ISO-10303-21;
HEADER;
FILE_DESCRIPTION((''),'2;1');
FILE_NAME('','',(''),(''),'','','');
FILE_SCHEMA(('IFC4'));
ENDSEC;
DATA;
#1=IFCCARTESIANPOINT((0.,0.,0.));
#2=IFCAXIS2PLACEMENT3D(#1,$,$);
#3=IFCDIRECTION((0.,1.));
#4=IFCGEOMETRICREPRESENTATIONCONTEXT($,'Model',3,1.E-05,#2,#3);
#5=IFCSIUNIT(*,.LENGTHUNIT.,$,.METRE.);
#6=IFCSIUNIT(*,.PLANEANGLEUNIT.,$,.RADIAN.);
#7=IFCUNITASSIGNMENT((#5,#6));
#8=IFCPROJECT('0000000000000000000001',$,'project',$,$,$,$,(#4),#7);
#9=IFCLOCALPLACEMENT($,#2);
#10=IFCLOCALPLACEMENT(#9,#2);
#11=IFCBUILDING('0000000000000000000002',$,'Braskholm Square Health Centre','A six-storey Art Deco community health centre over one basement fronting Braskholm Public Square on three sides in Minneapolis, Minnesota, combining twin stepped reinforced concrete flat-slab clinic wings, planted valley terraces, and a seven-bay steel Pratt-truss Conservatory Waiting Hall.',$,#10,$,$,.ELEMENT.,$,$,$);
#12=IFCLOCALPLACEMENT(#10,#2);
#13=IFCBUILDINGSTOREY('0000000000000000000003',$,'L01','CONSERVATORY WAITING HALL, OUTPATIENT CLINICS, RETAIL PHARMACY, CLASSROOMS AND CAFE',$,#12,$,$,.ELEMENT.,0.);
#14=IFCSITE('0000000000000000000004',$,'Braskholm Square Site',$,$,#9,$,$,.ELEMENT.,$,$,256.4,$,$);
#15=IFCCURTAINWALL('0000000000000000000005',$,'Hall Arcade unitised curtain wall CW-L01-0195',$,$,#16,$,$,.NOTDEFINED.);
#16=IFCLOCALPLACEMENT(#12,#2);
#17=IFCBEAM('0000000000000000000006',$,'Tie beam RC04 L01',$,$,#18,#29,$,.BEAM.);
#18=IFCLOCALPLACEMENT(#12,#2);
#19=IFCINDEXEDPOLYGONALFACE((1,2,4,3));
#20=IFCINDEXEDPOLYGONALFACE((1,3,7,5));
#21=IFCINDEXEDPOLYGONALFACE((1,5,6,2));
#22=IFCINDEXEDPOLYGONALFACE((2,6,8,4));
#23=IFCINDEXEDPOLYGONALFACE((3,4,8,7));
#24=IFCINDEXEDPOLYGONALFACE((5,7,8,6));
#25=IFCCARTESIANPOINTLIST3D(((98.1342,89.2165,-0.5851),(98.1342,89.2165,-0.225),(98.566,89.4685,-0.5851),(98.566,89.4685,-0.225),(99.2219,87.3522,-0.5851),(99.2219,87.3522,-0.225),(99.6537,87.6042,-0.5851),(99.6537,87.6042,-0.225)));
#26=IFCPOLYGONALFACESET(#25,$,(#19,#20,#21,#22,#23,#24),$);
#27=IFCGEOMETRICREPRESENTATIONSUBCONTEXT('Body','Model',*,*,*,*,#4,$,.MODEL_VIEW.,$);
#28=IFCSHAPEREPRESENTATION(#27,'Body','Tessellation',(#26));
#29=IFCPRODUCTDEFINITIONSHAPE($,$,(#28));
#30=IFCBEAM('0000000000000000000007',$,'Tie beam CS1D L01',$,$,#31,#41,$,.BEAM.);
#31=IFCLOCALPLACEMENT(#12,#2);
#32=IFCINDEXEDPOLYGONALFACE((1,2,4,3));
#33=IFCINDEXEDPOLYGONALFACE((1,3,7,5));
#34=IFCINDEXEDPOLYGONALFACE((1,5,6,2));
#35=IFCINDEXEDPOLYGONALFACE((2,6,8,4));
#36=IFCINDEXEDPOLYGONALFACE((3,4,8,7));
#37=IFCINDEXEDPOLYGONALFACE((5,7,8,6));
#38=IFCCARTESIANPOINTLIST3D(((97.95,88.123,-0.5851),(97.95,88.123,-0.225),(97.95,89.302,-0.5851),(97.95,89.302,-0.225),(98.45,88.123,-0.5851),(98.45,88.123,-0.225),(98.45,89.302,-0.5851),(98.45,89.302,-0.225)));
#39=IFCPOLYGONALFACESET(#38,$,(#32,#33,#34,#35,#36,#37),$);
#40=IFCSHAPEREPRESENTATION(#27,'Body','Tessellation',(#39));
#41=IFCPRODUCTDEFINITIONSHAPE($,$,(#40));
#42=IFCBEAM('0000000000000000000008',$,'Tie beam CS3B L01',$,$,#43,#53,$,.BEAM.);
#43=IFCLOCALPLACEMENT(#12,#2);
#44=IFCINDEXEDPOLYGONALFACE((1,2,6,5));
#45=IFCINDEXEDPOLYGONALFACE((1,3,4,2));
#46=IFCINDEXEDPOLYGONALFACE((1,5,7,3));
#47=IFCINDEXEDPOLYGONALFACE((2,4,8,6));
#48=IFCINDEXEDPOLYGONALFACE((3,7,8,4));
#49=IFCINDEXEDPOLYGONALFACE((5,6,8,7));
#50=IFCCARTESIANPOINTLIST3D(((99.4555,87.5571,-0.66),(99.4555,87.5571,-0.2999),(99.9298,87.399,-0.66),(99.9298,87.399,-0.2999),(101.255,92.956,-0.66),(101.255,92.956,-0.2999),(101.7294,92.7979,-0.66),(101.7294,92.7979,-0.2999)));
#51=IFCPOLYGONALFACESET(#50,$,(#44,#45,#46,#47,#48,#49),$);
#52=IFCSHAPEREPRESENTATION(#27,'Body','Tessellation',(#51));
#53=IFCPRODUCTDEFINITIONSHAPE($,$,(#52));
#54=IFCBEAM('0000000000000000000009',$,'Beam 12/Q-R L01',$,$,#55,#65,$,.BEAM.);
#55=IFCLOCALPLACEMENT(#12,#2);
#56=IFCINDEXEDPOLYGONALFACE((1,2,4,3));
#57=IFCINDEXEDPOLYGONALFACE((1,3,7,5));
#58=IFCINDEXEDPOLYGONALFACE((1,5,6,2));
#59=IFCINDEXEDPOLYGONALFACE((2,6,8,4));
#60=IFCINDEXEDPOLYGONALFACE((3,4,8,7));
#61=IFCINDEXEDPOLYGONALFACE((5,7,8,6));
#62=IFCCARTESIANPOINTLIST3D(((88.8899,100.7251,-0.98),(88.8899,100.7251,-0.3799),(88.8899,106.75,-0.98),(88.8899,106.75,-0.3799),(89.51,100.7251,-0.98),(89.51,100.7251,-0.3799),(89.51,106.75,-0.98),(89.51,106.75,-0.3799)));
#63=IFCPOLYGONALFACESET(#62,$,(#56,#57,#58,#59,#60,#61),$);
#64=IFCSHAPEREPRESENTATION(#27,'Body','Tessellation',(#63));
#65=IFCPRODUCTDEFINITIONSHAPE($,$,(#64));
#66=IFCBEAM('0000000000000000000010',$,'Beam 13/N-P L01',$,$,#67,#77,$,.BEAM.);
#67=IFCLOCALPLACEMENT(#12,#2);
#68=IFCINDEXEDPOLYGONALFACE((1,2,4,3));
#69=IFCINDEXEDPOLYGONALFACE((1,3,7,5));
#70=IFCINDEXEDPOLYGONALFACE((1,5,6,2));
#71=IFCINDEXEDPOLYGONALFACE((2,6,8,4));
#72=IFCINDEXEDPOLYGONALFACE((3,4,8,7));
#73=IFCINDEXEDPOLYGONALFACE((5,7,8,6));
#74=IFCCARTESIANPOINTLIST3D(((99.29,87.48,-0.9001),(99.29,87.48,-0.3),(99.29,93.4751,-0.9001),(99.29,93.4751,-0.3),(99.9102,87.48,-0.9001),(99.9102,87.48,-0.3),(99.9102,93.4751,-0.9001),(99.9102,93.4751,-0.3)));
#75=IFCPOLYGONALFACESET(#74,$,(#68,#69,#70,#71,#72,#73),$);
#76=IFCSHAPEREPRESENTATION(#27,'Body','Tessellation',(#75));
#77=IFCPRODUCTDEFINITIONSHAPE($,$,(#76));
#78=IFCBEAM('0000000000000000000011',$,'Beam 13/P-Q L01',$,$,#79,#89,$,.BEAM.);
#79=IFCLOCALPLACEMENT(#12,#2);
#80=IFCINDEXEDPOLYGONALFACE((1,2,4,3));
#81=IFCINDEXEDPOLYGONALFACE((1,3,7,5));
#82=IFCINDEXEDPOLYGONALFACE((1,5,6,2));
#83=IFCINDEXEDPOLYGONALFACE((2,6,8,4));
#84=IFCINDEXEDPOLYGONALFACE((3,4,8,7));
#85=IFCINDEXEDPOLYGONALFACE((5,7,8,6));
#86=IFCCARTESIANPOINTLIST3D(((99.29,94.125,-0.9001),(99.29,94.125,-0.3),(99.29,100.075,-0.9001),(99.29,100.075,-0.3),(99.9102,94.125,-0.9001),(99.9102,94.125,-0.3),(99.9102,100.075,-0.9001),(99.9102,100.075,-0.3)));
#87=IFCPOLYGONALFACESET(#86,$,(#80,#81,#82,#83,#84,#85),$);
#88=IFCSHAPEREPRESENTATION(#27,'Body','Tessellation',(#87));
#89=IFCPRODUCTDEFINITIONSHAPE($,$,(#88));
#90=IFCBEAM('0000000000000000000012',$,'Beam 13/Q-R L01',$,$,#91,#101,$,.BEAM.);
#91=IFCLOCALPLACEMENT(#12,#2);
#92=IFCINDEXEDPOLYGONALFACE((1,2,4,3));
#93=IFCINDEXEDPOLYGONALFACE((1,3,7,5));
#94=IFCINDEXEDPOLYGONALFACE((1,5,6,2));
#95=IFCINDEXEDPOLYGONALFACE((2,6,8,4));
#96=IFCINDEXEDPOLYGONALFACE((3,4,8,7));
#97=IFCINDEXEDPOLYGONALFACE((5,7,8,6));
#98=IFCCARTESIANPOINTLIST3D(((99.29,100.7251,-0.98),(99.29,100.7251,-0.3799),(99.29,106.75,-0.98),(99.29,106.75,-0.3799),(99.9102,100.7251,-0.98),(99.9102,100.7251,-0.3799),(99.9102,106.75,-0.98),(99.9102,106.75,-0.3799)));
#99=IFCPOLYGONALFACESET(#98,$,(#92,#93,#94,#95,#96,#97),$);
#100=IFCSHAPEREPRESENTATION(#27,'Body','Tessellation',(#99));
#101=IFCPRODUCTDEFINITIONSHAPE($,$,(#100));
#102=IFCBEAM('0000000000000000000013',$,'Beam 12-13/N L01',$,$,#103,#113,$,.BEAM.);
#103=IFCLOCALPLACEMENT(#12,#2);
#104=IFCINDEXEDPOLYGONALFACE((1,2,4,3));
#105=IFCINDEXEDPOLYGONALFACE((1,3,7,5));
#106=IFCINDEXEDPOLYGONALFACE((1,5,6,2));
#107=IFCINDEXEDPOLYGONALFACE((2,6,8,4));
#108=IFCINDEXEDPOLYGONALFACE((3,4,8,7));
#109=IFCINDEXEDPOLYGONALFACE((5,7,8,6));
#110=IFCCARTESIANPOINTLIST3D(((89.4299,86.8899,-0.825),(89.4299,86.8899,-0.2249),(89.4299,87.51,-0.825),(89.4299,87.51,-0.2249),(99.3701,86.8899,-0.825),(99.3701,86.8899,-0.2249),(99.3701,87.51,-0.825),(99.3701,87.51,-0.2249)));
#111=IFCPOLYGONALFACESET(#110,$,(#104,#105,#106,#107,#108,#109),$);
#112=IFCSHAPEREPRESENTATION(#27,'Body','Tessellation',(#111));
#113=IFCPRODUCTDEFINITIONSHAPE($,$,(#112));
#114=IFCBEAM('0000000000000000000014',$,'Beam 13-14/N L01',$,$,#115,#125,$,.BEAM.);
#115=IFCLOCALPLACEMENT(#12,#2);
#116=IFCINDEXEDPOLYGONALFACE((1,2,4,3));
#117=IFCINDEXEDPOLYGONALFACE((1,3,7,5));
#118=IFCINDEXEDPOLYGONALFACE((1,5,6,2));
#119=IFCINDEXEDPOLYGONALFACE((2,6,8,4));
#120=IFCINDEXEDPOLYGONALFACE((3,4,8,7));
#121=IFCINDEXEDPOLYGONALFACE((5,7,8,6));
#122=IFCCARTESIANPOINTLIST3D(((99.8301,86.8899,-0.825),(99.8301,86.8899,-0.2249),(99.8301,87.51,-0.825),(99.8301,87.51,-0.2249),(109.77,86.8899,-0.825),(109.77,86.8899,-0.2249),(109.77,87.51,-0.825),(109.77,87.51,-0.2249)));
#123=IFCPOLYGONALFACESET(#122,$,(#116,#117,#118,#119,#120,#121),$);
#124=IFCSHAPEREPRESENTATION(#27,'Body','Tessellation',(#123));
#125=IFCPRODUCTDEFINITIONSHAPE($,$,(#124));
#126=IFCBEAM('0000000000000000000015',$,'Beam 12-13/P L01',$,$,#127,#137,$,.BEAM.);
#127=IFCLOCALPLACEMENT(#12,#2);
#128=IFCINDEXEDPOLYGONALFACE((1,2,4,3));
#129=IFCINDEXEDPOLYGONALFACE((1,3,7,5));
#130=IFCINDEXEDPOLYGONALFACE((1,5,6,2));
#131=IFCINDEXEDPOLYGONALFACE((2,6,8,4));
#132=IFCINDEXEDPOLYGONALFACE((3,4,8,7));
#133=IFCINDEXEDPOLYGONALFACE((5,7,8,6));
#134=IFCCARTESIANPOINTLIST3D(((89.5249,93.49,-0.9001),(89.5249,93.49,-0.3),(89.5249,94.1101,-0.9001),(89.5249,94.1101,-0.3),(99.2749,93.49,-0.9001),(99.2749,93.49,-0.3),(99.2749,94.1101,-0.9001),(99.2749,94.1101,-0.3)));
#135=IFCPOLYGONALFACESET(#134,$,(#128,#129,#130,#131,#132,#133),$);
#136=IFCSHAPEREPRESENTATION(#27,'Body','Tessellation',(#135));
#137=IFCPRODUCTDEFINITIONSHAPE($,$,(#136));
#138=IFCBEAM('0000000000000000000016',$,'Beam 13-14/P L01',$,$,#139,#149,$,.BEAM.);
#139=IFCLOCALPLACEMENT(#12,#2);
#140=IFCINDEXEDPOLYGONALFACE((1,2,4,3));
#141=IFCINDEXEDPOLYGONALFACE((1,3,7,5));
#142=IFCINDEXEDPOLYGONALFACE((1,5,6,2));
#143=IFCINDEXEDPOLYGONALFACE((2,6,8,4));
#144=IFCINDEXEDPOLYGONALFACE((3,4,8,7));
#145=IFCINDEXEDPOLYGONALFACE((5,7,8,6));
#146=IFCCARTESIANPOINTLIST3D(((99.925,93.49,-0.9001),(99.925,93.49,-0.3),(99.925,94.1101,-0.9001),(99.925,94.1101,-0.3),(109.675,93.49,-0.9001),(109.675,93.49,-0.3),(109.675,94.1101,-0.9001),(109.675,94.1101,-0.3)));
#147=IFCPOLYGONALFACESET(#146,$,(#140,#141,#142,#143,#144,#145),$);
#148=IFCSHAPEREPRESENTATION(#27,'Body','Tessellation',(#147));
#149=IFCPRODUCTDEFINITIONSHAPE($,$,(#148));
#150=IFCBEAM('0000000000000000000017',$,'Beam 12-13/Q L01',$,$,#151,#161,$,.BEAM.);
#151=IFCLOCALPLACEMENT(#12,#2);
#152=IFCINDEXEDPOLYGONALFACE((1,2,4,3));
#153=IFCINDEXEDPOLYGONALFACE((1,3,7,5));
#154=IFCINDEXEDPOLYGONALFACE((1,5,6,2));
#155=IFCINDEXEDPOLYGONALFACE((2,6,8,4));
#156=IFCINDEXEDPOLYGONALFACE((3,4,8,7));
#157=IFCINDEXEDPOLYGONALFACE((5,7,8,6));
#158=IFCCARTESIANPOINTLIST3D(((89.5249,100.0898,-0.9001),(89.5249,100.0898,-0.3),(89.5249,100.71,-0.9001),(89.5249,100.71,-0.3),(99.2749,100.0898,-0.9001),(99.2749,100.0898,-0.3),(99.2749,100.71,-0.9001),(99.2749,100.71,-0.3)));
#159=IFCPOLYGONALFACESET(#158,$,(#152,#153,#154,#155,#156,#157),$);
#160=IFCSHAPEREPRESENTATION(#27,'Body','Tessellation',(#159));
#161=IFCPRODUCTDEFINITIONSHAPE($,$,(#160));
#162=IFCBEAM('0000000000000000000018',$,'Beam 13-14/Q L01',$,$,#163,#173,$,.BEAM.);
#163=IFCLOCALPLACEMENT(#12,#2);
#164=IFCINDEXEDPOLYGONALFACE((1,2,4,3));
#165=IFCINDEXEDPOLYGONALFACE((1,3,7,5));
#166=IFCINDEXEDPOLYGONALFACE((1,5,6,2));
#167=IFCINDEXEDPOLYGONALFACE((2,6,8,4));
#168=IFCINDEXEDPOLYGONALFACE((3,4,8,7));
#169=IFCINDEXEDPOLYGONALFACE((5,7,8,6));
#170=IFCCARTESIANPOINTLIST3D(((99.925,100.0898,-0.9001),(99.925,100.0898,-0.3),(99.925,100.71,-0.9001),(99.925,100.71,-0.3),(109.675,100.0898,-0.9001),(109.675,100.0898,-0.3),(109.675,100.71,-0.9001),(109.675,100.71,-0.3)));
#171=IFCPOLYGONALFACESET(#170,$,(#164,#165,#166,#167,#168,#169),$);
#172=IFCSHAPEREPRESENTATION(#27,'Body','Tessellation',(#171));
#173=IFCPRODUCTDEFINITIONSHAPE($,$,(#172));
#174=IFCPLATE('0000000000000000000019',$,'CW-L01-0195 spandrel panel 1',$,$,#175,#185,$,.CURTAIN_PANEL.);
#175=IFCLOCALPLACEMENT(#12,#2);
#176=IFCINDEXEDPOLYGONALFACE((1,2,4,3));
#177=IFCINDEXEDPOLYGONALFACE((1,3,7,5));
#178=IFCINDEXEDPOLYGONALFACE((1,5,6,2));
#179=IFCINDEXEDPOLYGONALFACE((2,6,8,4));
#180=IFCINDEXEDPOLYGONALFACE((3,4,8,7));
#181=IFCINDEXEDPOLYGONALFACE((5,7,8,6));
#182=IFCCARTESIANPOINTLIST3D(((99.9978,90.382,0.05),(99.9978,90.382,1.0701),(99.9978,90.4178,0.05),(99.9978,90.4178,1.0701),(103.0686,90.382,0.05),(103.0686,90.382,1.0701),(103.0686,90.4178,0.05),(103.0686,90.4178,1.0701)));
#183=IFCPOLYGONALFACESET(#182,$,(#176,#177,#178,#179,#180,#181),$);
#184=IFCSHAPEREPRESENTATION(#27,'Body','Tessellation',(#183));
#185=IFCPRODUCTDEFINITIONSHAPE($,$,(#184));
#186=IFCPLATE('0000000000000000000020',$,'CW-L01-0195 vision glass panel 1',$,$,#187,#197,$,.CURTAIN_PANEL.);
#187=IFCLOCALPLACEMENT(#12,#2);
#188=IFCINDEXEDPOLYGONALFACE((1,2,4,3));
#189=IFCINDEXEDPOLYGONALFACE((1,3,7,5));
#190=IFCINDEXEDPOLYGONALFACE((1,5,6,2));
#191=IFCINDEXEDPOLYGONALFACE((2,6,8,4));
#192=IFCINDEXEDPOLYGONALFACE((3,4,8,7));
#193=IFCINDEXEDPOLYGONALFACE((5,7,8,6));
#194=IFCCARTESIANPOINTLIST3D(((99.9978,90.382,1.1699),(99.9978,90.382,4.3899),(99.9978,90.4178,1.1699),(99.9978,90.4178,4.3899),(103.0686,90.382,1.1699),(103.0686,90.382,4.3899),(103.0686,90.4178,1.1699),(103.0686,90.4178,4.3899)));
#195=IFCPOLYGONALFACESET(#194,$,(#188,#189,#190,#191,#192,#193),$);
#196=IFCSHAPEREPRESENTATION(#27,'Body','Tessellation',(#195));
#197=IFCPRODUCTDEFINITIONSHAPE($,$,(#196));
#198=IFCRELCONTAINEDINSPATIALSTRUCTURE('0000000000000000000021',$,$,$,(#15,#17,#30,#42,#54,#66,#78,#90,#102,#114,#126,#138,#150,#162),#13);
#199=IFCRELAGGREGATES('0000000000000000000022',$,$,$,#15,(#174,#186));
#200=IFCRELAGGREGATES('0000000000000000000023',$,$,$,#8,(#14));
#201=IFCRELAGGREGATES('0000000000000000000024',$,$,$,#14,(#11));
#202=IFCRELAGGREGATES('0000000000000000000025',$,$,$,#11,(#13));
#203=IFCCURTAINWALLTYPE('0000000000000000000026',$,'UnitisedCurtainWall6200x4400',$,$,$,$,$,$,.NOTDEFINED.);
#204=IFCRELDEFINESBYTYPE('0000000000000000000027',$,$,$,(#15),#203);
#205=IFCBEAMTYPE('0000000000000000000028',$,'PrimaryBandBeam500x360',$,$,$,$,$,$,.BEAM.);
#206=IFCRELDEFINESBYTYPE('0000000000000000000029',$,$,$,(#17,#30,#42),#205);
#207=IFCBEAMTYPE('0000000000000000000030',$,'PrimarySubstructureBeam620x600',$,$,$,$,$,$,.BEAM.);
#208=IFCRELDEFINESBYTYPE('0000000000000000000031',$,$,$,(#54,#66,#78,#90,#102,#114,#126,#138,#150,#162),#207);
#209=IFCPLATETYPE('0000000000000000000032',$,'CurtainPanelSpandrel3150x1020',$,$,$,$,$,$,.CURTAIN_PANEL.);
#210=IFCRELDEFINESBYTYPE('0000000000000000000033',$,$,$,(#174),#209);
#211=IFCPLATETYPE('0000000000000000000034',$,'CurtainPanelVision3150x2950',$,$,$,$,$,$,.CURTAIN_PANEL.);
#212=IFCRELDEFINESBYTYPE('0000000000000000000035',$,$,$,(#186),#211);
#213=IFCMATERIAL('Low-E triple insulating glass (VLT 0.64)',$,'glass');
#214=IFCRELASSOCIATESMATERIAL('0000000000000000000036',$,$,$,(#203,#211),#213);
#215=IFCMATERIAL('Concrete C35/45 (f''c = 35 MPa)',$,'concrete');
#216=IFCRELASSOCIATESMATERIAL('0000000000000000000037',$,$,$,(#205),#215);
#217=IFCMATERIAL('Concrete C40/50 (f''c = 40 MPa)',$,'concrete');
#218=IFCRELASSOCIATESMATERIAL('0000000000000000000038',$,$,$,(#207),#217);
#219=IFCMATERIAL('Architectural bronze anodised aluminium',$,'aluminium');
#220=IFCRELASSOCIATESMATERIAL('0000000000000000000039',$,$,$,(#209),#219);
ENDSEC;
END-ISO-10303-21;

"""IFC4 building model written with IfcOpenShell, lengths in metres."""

from ifc_helpers import new_model, si_unit, direction, frame, origin, origin_2d, place, context, subcontext, project, spatial, rectangle, extrude, material, material_profile, profile_set, type_object, element, aggregate, save


model = new_model("IFC4")

# Units and contexts
model_context = context("Model", 3, precision=1e-05, world=origin(), true_north=direction((0.0, 1.0)))
body_context = subcontext(model_context, "Body", "Model", "MODEL_VIEW")
ifc_project = project(units=[si_unit("LENGTHUNIT", "METRE"), si_unit("PLANEANGLEUNIT", "RADIAN")], contexts=[model_context])

# Site, building, storey
site_placement = place(None, origin())
site = spatial("IfcSite", under=ifc_project, at=site_placement, Name="Braskholm Square Site", CompositionType="ELEMENT", RefElevation=256.4)
building_placement = place(site_placement, origin())
building = spatial("IfcBuilding", under=site, at=building_placement, Name="Braskholm Square Health Centre", Description="A six-storey Art Deco community health centre over one basement fronting Braskholm Public Square on three sides in Minneapolis, Minnesota, combining twin stepped reinforced concrete flat-slab clinic wings, planted valley terraces, and a seven-bay steel Pratt-truss Conservatory Waiting Hall.", CompositionType="ELEMENT")
storey_placement = place(building_placement, origin())
storey = spatial("IfcBuildingStorey", under=building, at=storey_placement, Name="L01", Description="CONSERVATORY WAITING HALL, OUTPATIENT CLINICS, RETAIL PHARMACY, CLASSROOMS AND CAFE", CompositionType="ELEMENT", Elevation=0.0)

# Shared definitions
ifc_material_1 = material(Name="Concrete C40/50 (f'c = 40 MPa)", Category="concrete")

# Curtain wall
ifc_material_2 = material(Name="Low-E triple insulating glass (VLT 0.64)", Category="glass")
curtain_wall_type = type_object("IfcCurtainWallType", Name="UnitisedCurtainWall6200x4400", PredefinedType="NOTDEFINED", material=ifc_material_2)
curtain_wall_placement = place(storey_placement, origin())
curtain_wall = element("IfcCurtainWall", 1, at=curtain_wall_placement, inside=storey, type_object=curtain_wall_type, Name="Hall Arcade unitised curtain wall CW-L01-0195", PredefinedType="NOTDEFINED")
ifc_material_3 = material(Name="Architectural bronze anodised aluminium", Category="aluminium")

# Beams
ifc_material_4 = material(Name="Concrete C35/45 (f'c = 35 MPa)", Category="concrete")
ifc_material_profile_1 = material_profile(ifc_material_4, rectangle(XDim=0.5, YDim=0.3601, at=origin_2d()), Name="RCB-500X360")
ifc_profile_set_1 = profile_set([ifc_material_profile_1], Name="Concrete C35/45 (f'c = 35 MPa)")
beam_type_1 = type_object("IfcBeamType", Name="PrimaryBandBeam500x360", PredefinedType="BEAM", material=ifc_profile_set_1)
beam_1_placement = place(storey_placement, frame((98.3501, 89.3425, -0.405), z_axis=(0.503927, -0.863746, 0.0), x_axis=(0.863746, 0.503927, 0.0)))
element("IfcBeam", 2, at=beam_1_placement, inside=storey, type_object=beam_type_1, Name="Tie beam RC04 L01", PredefinedType="BEAM", context=body_context, shape_type="SweptSolid", body=[
    extrude(rectangle(XDim=0.5, YDim=0.3601, at=origin_2d()), origin(), (0.0, 0.0, 1.0), 2.1584),
])
beam_2_placement = place(storey_placement, frame((98.2, 88.123, -0.405), z_axis=(0.0, 1.0, 0.0), x_axis=(-1.0, 0.0, 0.0)))
element("IfcBeam", 3, at=beam_2_placement, inside=storey, type_object=beam_type_1, Name="Tie beam CS1D L01", PredefinedType="BEAM", context=body_context, shape_type="SweptSolid", body=[
    extrude(rectangle(XDim=0.5, YDim=0.3601, at=origin_2d()), origin(), (0.0, 0.0, 1.0), 1.179),
])
beam_3_placement = place(storey_placement, frame((101.4922, 92.877, -0.48), z_axis=(-0.316215, -0.948688, 0.0), x_axis=(0.948688, -0.316215, 0.0)))
element("IfcBeam", 4, at=beam_3_placement, inside=storey, type_object=beam_type_1, Name="Tie beam CS3B L01", PredefinedType="BEAM", context=body_context, shape_type="SweptSolid", body=[
    extrude(rectangle(XDim=0.5, YDim=0.3601, at=origin_2d()), origin(), (0.0, 0.0, 1.0), 5.6909),
])
ifc_material_profile_2 = material_profile(ifc_material_1, rectangle(XDim=0.6201, YDim=0.6001, at=origin_2d()), Name="RCB-620X600")
ifc_profile_set_2 = profile_set([ifc_material_profile_2], Name="Concrete C40/50 (f'c = 40 MPa)")
beam_type_2 = type_object("IfcBeamType", Name="PrimarySubstructureBeam620x600", PredefinedType="BEAM", material=ifc_profile_set_2)
beam_4_placement = place(storey_placement, frame((89.2, 100.7251, -0.6799), z_axis=(0.0, 1.0, 0.0), x_axis=(-1.0, 0.0, 0.0)))
element("IfcBeam", 5, at=beam_4_placement, inside=storey, type_object=beam_type_2, Name="Beam 12/Q-R L01", PredefinedType="BEAM", context=body_context, shape_type="SweptSolid", body=[
    extrude(rectangle(XDim=0.6201, YDim=0.6001, at=origin_2d()), origin(), (0.0, 0.0, 1.0), 6.0249),
])
beam_5_placement = place(storey_placement, frame((99.6001, 87.48, -0.6001), z_axis=(0.0, 1.0, 0.0), x_axis=(-1.0, 0.0, 0.0)))
element("IfcBeam", 6, at=beam_5_placement, inside=storey, type_object=beam_type_2, Name="Beam 13/N-P L01", PredefinedType="BEAM", context=body_context, shape_type="SweptSolid", body=[
    extrude(rectangle(XDim=0.6201, YDim=0.6001, at=origin_2d()), origin(), (0.0, 0.0, 1.0), 5.9951),
])
beam_6_placement = place(storey_placement, frame((99.6001, 94.125, -0.6001), z_axis=(0.0, 1.0, 0.0), x_axis=(-1.0, 0.0, 0.0)))
element("IfcBeam", 7, at=beam_6_placement, inside=storey, type_object=beam_type_2, Name="Beam 13/P-Q L01", PredefinedType="BEAM", context=body_context, shape_type="SweptSolid", body=[
    extrude(rectangle(XDim=0.6201, YDim=0.6001, at=origin_2d()), origin(), (0.0, 0.0, 1.0), 5.95),
])
beam_7_placement = place(storey_placement, frame((99.6001, 100.7251, -0.6799), z_axis=(0.0, 1.0, 0.0), x_axis=(-1.0, 0.0, 0.0)))
element("IfcBeam", 8, at=beam_7_placement, inside=storey, type_object=beam_type_2, Name="Beam 13/Q-R L01", PredefinedType="BEAM", context=body_context, shape_type="SweptSolid", body=[
    extrude(rectangle(XDim=0.6201, YDim=0.6001, at=origin_2d()), origin(), (0.0, 0.0, 1.0), 6.0249),
])
beam_8_placement = place(storey_placement, frame((89.4299, 87.2, -0.5249), z_axis=(1.0, 0.0, 0.0), x_axis=(0.0, 1.0, 0.0)))
element("IfcBeam", 9, at=beam_8_placement, inside=storey, type_object=beam_type_2, Name="Beam 12-13/N L01", PredefinedType="BEAM", context=body_context, shape_type="SweptSolid", body=[
    extrude(rectangle(XDim=0.6201, YDim=0.6001, at=origin_2d()), origin(), (0.0, 0.0, 1.0), 9.9402),
])
beam_9_placement = place(storey_placement, frame((99.8301, 87.2, -0.5249), z_axis=(1.0, 0.0, 0.0), x_axis=(0.0, 1.0, 0.0)))
element("IfcBeam", 10, at=beam_9_placement, inside=storey, type_object=beam_type_2, Name="Beam 13-14/N L01", PredefinedType="BEAM", context=body_context, shape_type="SweptSolid", body=[
    extrude(rectangle(XDim=0.6201, YDim=0.6001, at=origin_2d()), origin(), (0.0, 0.0, 1.0), 9.9399),
])
for number, where, z_axis, x_axis, name in (
    (11, (89.5249, 93.8, -0.6001), (1.0, 0.0, 0.0), (0.0, 1.0, 0.0), "Beam 12-13/P L01"),
    (12, (99.925, 93.8, -0.6001), (1.0, 0.0, 0.0), (0.0, 1.0, 0.0), "Beam 13-14/P L01"),
    (13, (89.5249, 100.3999, -0.6001), (1.0, 0.0, 0.0), (0.0, 1.0, 0.0), "Beam 12-13/Q L01"),
    (14, (99.925, 100.3999, -0.6001), (1.0, 0.0, 0.0), (0.0, 1.0, 0.0), "Beam 13-14/Q L01"),
):
    element("IfcBeam", number, at=place(storey_placement, frame(where, z_axis=z_axis, x_axis=x_axis)), inside=storey, type_object=beam_type_2, Name=name, PredefinedType="BEAM", context=body_context, shape_type="SweptSolid", body=[
        extrude(rectangle(XDim=0.6201, YDim=0.6001, at=origin_2d()), origin(), (0.0, 0.0, 1.0), 9.75),
    ])

# Plates
plate_type_1 = type_object("IfcPlateType", Name="CurtainPanelSpandrel3150x1020", PredefinedType="CURTAIN_PANEL", material=ifc_material_3)
plate_1_placement = place(storey_placement, frame((101.5332, 90.3999, 0.05), z_axis=(0.0, 0.0, 1.0), x_axis=(1.0, 0.0, 0.0)))
plate_1 = element("IfcPlate", 15, at=plate_1_placement, type_object=plate_type_1, Name="CW-L01-0195 spandrel panel 1", PredefinedType="CURTAIN_PANEL", context=body_context, shape_type="SweptSolid", body=[
    extrude(rectangle(XDim=3.0708, YDim=0.0359, at=origin_2d()), origin(), (0.0, 0.0, 1.0), 1.02),
])
plate_type_2 = type_object("IfcPlateType", Name="CurtainPanelVision3150x2950", PredefinedType="CURTAIN_PANEL", material=ifc_material_2)
plate_2_placement = place(storey_placement, frame((101.5332, 90.3999, 1.1699), z_axis=(0.0, 0.0, 1.0), x_axis=(1.0, 0.0, 0.0)))
plate_2 = element("IfcPlate", 16, at=plate_2_placement, type_object=plate_type_2, Name="CW-L01-0195 vision glass panel 1", PredefinedType="CURTAIN_PANEL", context=body_context, shape_type="SweptSolid", body=[
    extrude(rectangle(XDim=3.0708, YDim=0.0359, at=origin_2d()), origin(), (0.0, 0.0, 1.0), 3.22),
])
aggregate(curtain_wall, [plate_1, plate_2])

save(model, "model.ifc")
